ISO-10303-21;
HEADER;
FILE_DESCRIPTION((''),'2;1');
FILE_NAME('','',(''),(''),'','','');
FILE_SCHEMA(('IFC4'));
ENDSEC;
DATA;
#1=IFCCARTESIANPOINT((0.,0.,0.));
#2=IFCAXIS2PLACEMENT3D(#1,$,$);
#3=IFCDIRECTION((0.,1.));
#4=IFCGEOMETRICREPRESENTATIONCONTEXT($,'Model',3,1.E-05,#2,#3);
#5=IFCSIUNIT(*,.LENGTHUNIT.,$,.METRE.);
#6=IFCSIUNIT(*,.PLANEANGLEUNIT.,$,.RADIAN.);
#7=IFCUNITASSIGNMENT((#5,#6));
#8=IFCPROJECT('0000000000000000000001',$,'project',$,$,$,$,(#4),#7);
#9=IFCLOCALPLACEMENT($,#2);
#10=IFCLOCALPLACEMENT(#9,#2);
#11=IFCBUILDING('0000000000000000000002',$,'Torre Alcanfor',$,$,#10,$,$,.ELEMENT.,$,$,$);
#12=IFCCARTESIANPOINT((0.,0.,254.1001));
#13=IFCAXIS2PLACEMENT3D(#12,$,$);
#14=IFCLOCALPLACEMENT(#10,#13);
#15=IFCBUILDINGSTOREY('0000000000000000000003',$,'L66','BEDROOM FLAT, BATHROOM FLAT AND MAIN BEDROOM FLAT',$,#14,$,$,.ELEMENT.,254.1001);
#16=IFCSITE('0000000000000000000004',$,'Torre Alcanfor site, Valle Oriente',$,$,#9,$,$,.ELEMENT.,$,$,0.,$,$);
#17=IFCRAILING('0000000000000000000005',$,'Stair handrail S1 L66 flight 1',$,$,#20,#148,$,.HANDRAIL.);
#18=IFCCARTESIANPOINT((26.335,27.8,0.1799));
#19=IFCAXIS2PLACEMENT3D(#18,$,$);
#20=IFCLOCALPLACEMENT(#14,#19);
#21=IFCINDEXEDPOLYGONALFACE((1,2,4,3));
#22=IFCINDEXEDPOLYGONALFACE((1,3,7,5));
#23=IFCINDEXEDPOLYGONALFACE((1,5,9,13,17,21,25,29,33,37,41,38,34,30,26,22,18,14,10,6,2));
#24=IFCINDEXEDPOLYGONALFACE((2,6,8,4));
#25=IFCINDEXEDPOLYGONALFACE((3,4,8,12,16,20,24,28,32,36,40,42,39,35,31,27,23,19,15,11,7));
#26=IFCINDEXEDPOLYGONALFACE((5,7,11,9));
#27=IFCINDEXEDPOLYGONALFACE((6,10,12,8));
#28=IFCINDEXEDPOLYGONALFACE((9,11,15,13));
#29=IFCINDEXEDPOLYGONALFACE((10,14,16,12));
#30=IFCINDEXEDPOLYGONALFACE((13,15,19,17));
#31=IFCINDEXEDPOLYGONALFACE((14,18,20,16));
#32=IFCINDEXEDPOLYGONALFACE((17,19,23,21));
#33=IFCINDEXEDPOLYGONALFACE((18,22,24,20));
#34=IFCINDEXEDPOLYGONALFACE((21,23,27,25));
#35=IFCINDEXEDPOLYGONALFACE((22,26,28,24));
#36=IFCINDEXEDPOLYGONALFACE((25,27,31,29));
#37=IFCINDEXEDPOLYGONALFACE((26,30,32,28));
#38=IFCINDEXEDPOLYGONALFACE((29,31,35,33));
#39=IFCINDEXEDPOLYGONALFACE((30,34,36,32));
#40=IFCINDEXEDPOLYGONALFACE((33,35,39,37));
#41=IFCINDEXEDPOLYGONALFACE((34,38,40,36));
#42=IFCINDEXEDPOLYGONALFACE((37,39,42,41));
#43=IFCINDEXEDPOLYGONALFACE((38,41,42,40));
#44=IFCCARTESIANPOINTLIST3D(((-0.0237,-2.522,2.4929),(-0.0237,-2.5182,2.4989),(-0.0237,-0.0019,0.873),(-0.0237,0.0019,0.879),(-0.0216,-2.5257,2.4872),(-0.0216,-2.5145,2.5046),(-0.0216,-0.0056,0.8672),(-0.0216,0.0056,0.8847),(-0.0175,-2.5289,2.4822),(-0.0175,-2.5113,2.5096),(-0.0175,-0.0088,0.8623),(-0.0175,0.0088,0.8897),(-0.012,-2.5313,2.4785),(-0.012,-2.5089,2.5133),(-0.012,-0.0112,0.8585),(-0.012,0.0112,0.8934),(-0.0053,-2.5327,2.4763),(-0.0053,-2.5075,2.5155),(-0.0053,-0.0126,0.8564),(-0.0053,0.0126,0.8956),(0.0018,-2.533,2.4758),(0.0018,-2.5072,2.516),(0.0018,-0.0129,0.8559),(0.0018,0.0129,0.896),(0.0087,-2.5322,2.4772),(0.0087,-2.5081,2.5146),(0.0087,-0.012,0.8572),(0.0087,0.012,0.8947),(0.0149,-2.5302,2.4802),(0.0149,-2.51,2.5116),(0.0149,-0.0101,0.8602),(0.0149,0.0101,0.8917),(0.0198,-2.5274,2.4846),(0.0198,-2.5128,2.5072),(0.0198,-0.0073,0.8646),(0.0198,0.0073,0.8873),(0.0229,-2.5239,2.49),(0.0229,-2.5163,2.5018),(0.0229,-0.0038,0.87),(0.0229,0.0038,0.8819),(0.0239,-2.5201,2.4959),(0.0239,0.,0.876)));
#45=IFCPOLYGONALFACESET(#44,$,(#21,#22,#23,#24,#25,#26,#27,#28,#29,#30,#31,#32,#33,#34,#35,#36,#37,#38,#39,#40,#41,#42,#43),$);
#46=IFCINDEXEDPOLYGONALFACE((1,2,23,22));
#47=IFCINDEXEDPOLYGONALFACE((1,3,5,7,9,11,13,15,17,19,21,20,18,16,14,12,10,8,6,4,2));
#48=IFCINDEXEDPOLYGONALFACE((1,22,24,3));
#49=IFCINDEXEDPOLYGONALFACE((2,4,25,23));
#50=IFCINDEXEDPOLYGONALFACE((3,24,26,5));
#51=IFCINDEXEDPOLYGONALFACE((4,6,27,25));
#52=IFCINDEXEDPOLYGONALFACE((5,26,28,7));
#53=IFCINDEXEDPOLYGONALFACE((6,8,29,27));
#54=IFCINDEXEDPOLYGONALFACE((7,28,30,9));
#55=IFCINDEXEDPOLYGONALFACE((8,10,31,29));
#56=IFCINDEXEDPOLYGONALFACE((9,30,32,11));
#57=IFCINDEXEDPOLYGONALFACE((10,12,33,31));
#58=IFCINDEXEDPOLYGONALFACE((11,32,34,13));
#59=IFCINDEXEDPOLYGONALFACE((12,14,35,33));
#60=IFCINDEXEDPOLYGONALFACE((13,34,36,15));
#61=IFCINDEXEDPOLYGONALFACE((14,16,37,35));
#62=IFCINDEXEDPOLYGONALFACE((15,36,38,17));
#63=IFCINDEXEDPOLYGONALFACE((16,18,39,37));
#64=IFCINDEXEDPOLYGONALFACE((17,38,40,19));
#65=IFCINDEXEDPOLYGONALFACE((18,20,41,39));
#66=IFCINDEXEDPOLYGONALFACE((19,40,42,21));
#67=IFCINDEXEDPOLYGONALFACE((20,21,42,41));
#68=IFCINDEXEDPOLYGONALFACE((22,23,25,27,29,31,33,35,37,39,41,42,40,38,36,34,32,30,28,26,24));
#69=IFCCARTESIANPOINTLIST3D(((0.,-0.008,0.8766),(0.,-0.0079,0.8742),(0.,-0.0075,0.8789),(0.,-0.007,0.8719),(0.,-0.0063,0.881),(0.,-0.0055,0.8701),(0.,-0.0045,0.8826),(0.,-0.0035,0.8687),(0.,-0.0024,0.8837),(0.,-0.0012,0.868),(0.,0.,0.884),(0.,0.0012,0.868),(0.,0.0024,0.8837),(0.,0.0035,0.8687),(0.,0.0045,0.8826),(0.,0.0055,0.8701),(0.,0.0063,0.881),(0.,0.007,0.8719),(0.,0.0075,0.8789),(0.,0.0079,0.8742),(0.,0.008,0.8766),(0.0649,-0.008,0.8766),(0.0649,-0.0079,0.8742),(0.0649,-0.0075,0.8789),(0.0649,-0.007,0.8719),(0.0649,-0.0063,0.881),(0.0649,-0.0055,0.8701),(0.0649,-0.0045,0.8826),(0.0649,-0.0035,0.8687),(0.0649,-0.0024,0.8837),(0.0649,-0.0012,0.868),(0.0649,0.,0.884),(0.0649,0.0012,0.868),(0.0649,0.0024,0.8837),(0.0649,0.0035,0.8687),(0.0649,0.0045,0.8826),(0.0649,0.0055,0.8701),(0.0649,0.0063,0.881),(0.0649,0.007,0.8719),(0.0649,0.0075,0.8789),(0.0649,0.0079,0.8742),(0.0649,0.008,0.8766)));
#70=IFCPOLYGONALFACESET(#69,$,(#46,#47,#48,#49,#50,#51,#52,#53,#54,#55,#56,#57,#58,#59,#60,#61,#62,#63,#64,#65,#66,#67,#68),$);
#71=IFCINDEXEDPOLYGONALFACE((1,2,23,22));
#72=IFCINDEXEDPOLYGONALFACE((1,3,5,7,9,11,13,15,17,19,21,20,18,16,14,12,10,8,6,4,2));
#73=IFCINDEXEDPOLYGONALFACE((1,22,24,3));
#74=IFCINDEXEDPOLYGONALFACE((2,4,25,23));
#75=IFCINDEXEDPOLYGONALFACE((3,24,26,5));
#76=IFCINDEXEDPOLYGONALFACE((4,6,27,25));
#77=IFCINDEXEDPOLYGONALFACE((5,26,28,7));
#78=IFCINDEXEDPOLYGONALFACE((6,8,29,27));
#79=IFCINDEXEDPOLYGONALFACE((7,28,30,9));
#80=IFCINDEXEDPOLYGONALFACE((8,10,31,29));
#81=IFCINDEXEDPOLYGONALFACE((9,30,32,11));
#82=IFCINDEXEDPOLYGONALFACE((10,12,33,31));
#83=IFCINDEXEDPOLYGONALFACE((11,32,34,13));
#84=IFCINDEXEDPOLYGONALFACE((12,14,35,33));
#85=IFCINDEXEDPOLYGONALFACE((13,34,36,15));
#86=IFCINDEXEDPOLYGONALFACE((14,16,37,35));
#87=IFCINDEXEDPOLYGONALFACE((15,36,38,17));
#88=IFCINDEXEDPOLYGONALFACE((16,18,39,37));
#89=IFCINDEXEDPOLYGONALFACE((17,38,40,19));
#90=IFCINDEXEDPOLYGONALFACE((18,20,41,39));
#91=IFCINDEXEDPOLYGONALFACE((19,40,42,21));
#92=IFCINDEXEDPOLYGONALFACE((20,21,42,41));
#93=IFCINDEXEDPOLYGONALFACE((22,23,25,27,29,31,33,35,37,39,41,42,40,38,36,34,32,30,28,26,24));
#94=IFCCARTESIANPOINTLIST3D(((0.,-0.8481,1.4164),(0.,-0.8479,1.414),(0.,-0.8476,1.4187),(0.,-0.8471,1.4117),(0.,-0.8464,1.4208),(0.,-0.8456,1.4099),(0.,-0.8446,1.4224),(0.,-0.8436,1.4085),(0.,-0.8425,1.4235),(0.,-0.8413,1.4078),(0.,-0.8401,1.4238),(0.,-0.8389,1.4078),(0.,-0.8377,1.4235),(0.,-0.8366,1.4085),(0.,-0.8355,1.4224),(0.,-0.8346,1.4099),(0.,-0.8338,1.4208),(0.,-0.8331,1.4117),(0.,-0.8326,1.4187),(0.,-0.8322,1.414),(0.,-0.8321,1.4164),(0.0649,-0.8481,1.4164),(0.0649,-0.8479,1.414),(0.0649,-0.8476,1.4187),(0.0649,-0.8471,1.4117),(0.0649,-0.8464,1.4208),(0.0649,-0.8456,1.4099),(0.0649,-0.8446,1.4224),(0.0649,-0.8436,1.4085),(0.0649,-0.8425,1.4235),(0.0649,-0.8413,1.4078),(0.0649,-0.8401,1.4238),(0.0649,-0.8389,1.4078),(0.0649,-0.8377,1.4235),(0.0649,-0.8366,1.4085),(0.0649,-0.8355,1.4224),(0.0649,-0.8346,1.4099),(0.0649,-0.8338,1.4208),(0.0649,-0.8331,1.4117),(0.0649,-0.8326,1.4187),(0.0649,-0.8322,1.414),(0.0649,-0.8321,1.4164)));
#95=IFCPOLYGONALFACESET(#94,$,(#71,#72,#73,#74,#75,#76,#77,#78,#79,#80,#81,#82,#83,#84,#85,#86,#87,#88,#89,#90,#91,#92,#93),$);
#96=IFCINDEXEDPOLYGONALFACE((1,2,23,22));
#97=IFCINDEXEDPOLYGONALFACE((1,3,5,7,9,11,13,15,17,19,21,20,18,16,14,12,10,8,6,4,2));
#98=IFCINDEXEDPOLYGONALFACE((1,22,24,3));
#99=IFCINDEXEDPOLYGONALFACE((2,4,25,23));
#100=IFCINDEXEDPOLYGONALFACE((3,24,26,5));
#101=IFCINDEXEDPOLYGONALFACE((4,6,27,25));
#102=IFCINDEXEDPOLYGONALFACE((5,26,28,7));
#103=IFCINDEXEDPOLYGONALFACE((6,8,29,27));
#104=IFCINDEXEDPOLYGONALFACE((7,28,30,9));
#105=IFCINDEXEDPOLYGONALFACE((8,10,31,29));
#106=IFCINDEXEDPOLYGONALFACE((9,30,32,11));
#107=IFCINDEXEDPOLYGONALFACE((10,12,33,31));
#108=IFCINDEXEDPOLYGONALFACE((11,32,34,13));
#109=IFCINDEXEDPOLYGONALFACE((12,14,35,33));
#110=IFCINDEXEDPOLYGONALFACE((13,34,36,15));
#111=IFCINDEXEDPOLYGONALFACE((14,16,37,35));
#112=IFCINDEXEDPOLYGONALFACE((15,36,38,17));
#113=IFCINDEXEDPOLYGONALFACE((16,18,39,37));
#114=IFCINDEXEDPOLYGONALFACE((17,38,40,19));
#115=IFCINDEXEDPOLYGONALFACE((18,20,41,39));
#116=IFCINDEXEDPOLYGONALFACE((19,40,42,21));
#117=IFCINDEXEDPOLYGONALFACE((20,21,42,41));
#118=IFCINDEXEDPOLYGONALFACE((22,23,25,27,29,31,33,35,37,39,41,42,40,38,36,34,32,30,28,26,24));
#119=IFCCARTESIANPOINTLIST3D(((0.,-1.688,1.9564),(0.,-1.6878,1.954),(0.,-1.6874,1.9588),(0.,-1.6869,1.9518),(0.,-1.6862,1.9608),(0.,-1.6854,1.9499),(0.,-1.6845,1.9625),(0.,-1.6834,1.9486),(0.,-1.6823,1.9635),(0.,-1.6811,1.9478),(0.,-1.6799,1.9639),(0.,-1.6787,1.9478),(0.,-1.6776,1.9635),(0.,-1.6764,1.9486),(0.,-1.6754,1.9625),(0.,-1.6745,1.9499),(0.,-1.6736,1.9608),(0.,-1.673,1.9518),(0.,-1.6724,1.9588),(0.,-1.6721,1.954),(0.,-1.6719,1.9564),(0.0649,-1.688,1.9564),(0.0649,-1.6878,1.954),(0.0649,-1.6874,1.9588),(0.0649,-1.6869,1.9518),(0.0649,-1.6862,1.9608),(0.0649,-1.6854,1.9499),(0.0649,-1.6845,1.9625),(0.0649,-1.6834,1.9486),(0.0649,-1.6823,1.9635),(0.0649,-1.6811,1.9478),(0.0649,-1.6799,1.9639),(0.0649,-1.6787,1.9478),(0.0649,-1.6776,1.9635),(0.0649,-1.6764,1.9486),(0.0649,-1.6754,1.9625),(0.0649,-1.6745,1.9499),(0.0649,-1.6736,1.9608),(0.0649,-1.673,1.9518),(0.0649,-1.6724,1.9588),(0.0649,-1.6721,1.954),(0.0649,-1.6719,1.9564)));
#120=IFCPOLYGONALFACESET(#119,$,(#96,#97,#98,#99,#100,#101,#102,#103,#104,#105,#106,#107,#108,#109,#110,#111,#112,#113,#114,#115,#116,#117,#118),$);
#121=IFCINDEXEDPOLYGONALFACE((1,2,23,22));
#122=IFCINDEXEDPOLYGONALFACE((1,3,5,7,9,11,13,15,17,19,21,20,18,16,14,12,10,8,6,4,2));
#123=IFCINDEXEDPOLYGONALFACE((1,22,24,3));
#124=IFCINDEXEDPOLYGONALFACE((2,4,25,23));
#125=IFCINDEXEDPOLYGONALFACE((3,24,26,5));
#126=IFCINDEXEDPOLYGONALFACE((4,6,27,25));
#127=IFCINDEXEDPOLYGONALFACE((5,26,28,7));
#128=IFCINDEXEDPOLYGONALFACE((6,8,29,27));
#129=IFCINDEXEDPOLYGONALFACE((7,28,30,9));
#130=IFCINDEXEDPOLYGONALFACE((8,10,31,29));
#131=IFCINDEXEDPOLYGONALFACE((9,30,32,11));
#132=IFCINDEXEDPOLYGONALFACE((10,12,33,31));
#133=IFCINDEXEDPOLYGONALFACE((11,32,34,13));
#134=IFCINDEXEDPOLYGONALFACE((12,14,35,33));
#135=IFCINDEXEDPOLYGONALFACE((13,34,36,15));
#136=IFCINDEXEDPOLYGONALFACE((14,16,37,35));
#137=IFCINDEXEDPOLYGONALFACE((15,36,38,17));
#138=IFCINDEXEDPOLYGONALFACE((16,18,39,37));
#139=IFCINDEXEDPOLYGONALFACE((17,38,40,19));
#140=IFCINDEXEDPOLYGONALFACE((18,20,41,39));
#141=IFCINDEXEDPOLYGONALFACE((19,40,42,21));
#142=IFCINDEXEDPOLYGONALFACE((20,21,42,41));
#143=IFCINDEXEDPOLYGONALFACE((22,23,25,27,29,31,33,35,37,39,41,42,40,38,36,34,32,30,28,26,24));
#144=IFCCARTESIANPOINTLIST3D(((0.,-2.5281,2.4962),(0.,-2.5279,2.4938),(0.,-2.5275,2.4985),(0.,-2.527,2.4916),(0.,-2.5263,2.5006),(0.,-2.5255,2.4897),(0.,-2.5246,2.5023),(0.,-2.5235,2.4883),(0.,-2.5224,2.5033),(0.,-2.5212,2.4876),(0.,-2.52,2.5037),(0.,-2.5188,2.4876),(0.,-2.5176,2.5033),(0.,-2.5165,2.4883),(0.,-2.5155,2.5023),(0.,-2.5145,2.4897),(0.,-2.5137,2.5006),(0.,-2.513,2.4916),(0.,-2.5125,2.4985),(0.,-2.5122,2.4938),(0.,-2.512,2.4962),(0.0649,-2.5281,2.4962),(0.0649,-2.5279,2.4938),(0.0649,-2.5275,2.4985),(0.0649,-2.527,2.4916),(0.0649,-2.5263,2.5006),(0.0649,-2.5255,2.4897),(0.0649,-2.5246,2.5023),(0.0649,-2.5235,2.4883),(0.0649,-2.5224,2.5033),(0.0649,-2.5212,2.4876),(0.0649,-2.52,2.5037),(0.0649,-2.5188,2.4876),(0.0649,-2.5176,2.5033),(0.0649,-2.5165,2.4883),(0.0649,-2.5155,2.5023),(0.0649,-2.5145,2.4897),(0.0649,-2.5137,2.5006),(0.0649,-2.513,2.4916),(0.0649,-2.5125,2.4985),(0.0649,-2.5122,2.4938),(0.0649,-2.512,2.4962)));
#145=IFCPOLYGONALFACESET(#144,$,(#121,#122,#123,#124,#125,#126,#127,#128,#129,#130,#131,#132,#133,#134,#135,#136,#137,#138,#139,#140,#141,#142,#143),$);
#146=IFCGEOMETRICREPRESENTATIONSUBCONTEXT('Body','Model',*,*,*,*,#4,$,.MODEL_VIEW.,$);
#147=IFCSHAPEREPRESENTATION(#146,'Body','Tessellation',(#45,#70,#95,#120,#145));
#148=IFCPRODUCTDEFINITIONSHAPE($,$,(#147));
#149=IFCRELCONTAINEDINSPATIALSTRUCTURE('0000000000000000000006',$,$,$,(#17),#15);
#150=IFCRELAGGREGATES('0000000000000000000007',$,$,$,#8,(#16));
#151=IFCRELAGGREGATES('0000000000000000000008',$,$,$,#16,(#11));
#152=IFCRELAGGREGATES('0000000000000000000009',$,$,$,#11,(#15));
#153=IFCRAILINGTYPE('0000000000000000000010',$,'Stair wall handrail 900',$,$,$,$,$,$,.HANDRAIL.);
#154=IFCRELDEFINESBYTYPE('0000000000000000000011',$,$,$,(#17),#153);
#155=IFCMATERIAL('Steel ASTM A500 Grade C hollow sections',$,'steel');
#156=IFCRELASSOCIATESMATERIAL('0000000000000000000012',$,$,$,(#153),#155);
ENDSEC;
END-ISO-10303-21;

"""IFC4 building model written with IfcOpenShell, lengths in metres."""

from ifc_helpers import new_model, si_unit, direction, frame, origin, origin_2d, place, context, subcontext, project, spatial, circle, extrude, material, type_object, element, save


model = new_model("IFC4")

# Units and contexts
model_context = context("Model", 3, precision=1e-05, world=origin(), true_north=direction((0.0, 1.0)))
body_context = subcontext(model_context, "Body", "Model", "MODEL_VIEW")
ifc_project = project(units=[si_unit("LENGTHUNIT", "METRE"), si_unit("PLANEANGLEUNIT", "RADIAN")], contexts=[model_context])

# Site, building, storey
site_placement = place(None, origin())
site = spatial("IfcSite", under=ifc_project, at=site_placement, Name="Torre Alcanfor site, Valle Oriente", CompositionType="ELEMENT", RefElevation=0.0)
building_placement = place(site_placement, origin())
building = spatial("IfcBuilding", under=site, at=building_placement, Name="Torre Alcanfor", CompositionType="ELEMENT")
storey_placement = place(building_placement, frame((0.0, 0.0, 254.1001)))
storey = spatial("IfcBuildingStorey", under=building, at=storey_placement, Name="L66", Description="BEDROOM FLAT, BATHROOM FLAT AND MAIN BEDROOM FLAT", CompositionType="ELEMENT", Elevation=254.1001)

# Railing
ifc_material_1 = material(Name="Steel ASTM A500 Grade C hollow sections", Category="steel")
railing_type_1 = type_object("IfcRailingType", Name="Stair wall handrail 900", PredefinedType="HANDRAIL", material=ifc_material_1)
railing_1_placement = place(storey_placement, frame((26.335, 27.8, 0.1799)))
element("IfcRailing", 1, at=railing_1_placement, inside=storey, type_object=railing_type_1, Name="Stair handrail S1 L66 flight 1", PredefinedType="HANDRAIL", context=body_context, shape_type="SweptSolid", body=[
    extrude(circle(Radius=0.0239, at=origin_2d()), frame((0.0, 0.0, 0.876), z_axis=(0.0, -0.8412, 0.540725), x_axis=(1.0, 0.0, 0.0)), (0.0, 0.0, 1.0), 2.9958),
    extrude(circle(Radius=0.0081, at=origin_2d()), frame((0.0, 0.0, 0.876), z_axis=(1.0, 0.0, 0.0), x_axis=(0.0, 0.0, 1.0)), (0.0, 0.0, 1.0), 0.0649),
    extrude(circle(Radius=0.0081, at=origin_2d()), frame((0.0, -0.8401, 1.4158), z_axis=(1.0, 0.0, 0.0), x_axis=(0.0, 0.0, 1.0)), (0.0, 0.0, 1.0), 0.0649),
    extrude(circle(Radius=0.0081, at=origin_2d()), frame((0.0, -1.6799, 1.9558), z_axis=(1.0, 0.0, 0.0), x_axis=(0.0, 0.0, 1.0)), (0.0, 0.0, 1.0), 0.0649),
    extrude(circle(Radius=0.0081, at=origin_2d()), frame((0.0, -2.52, 2.4956), z_axis=(1.0, 0.0, 0.0), x_axis=(0.0, 0.0, 1.0)), (0.0, 0.0, 1.0), 0.0649),
])

save(model, "model.ifc")
